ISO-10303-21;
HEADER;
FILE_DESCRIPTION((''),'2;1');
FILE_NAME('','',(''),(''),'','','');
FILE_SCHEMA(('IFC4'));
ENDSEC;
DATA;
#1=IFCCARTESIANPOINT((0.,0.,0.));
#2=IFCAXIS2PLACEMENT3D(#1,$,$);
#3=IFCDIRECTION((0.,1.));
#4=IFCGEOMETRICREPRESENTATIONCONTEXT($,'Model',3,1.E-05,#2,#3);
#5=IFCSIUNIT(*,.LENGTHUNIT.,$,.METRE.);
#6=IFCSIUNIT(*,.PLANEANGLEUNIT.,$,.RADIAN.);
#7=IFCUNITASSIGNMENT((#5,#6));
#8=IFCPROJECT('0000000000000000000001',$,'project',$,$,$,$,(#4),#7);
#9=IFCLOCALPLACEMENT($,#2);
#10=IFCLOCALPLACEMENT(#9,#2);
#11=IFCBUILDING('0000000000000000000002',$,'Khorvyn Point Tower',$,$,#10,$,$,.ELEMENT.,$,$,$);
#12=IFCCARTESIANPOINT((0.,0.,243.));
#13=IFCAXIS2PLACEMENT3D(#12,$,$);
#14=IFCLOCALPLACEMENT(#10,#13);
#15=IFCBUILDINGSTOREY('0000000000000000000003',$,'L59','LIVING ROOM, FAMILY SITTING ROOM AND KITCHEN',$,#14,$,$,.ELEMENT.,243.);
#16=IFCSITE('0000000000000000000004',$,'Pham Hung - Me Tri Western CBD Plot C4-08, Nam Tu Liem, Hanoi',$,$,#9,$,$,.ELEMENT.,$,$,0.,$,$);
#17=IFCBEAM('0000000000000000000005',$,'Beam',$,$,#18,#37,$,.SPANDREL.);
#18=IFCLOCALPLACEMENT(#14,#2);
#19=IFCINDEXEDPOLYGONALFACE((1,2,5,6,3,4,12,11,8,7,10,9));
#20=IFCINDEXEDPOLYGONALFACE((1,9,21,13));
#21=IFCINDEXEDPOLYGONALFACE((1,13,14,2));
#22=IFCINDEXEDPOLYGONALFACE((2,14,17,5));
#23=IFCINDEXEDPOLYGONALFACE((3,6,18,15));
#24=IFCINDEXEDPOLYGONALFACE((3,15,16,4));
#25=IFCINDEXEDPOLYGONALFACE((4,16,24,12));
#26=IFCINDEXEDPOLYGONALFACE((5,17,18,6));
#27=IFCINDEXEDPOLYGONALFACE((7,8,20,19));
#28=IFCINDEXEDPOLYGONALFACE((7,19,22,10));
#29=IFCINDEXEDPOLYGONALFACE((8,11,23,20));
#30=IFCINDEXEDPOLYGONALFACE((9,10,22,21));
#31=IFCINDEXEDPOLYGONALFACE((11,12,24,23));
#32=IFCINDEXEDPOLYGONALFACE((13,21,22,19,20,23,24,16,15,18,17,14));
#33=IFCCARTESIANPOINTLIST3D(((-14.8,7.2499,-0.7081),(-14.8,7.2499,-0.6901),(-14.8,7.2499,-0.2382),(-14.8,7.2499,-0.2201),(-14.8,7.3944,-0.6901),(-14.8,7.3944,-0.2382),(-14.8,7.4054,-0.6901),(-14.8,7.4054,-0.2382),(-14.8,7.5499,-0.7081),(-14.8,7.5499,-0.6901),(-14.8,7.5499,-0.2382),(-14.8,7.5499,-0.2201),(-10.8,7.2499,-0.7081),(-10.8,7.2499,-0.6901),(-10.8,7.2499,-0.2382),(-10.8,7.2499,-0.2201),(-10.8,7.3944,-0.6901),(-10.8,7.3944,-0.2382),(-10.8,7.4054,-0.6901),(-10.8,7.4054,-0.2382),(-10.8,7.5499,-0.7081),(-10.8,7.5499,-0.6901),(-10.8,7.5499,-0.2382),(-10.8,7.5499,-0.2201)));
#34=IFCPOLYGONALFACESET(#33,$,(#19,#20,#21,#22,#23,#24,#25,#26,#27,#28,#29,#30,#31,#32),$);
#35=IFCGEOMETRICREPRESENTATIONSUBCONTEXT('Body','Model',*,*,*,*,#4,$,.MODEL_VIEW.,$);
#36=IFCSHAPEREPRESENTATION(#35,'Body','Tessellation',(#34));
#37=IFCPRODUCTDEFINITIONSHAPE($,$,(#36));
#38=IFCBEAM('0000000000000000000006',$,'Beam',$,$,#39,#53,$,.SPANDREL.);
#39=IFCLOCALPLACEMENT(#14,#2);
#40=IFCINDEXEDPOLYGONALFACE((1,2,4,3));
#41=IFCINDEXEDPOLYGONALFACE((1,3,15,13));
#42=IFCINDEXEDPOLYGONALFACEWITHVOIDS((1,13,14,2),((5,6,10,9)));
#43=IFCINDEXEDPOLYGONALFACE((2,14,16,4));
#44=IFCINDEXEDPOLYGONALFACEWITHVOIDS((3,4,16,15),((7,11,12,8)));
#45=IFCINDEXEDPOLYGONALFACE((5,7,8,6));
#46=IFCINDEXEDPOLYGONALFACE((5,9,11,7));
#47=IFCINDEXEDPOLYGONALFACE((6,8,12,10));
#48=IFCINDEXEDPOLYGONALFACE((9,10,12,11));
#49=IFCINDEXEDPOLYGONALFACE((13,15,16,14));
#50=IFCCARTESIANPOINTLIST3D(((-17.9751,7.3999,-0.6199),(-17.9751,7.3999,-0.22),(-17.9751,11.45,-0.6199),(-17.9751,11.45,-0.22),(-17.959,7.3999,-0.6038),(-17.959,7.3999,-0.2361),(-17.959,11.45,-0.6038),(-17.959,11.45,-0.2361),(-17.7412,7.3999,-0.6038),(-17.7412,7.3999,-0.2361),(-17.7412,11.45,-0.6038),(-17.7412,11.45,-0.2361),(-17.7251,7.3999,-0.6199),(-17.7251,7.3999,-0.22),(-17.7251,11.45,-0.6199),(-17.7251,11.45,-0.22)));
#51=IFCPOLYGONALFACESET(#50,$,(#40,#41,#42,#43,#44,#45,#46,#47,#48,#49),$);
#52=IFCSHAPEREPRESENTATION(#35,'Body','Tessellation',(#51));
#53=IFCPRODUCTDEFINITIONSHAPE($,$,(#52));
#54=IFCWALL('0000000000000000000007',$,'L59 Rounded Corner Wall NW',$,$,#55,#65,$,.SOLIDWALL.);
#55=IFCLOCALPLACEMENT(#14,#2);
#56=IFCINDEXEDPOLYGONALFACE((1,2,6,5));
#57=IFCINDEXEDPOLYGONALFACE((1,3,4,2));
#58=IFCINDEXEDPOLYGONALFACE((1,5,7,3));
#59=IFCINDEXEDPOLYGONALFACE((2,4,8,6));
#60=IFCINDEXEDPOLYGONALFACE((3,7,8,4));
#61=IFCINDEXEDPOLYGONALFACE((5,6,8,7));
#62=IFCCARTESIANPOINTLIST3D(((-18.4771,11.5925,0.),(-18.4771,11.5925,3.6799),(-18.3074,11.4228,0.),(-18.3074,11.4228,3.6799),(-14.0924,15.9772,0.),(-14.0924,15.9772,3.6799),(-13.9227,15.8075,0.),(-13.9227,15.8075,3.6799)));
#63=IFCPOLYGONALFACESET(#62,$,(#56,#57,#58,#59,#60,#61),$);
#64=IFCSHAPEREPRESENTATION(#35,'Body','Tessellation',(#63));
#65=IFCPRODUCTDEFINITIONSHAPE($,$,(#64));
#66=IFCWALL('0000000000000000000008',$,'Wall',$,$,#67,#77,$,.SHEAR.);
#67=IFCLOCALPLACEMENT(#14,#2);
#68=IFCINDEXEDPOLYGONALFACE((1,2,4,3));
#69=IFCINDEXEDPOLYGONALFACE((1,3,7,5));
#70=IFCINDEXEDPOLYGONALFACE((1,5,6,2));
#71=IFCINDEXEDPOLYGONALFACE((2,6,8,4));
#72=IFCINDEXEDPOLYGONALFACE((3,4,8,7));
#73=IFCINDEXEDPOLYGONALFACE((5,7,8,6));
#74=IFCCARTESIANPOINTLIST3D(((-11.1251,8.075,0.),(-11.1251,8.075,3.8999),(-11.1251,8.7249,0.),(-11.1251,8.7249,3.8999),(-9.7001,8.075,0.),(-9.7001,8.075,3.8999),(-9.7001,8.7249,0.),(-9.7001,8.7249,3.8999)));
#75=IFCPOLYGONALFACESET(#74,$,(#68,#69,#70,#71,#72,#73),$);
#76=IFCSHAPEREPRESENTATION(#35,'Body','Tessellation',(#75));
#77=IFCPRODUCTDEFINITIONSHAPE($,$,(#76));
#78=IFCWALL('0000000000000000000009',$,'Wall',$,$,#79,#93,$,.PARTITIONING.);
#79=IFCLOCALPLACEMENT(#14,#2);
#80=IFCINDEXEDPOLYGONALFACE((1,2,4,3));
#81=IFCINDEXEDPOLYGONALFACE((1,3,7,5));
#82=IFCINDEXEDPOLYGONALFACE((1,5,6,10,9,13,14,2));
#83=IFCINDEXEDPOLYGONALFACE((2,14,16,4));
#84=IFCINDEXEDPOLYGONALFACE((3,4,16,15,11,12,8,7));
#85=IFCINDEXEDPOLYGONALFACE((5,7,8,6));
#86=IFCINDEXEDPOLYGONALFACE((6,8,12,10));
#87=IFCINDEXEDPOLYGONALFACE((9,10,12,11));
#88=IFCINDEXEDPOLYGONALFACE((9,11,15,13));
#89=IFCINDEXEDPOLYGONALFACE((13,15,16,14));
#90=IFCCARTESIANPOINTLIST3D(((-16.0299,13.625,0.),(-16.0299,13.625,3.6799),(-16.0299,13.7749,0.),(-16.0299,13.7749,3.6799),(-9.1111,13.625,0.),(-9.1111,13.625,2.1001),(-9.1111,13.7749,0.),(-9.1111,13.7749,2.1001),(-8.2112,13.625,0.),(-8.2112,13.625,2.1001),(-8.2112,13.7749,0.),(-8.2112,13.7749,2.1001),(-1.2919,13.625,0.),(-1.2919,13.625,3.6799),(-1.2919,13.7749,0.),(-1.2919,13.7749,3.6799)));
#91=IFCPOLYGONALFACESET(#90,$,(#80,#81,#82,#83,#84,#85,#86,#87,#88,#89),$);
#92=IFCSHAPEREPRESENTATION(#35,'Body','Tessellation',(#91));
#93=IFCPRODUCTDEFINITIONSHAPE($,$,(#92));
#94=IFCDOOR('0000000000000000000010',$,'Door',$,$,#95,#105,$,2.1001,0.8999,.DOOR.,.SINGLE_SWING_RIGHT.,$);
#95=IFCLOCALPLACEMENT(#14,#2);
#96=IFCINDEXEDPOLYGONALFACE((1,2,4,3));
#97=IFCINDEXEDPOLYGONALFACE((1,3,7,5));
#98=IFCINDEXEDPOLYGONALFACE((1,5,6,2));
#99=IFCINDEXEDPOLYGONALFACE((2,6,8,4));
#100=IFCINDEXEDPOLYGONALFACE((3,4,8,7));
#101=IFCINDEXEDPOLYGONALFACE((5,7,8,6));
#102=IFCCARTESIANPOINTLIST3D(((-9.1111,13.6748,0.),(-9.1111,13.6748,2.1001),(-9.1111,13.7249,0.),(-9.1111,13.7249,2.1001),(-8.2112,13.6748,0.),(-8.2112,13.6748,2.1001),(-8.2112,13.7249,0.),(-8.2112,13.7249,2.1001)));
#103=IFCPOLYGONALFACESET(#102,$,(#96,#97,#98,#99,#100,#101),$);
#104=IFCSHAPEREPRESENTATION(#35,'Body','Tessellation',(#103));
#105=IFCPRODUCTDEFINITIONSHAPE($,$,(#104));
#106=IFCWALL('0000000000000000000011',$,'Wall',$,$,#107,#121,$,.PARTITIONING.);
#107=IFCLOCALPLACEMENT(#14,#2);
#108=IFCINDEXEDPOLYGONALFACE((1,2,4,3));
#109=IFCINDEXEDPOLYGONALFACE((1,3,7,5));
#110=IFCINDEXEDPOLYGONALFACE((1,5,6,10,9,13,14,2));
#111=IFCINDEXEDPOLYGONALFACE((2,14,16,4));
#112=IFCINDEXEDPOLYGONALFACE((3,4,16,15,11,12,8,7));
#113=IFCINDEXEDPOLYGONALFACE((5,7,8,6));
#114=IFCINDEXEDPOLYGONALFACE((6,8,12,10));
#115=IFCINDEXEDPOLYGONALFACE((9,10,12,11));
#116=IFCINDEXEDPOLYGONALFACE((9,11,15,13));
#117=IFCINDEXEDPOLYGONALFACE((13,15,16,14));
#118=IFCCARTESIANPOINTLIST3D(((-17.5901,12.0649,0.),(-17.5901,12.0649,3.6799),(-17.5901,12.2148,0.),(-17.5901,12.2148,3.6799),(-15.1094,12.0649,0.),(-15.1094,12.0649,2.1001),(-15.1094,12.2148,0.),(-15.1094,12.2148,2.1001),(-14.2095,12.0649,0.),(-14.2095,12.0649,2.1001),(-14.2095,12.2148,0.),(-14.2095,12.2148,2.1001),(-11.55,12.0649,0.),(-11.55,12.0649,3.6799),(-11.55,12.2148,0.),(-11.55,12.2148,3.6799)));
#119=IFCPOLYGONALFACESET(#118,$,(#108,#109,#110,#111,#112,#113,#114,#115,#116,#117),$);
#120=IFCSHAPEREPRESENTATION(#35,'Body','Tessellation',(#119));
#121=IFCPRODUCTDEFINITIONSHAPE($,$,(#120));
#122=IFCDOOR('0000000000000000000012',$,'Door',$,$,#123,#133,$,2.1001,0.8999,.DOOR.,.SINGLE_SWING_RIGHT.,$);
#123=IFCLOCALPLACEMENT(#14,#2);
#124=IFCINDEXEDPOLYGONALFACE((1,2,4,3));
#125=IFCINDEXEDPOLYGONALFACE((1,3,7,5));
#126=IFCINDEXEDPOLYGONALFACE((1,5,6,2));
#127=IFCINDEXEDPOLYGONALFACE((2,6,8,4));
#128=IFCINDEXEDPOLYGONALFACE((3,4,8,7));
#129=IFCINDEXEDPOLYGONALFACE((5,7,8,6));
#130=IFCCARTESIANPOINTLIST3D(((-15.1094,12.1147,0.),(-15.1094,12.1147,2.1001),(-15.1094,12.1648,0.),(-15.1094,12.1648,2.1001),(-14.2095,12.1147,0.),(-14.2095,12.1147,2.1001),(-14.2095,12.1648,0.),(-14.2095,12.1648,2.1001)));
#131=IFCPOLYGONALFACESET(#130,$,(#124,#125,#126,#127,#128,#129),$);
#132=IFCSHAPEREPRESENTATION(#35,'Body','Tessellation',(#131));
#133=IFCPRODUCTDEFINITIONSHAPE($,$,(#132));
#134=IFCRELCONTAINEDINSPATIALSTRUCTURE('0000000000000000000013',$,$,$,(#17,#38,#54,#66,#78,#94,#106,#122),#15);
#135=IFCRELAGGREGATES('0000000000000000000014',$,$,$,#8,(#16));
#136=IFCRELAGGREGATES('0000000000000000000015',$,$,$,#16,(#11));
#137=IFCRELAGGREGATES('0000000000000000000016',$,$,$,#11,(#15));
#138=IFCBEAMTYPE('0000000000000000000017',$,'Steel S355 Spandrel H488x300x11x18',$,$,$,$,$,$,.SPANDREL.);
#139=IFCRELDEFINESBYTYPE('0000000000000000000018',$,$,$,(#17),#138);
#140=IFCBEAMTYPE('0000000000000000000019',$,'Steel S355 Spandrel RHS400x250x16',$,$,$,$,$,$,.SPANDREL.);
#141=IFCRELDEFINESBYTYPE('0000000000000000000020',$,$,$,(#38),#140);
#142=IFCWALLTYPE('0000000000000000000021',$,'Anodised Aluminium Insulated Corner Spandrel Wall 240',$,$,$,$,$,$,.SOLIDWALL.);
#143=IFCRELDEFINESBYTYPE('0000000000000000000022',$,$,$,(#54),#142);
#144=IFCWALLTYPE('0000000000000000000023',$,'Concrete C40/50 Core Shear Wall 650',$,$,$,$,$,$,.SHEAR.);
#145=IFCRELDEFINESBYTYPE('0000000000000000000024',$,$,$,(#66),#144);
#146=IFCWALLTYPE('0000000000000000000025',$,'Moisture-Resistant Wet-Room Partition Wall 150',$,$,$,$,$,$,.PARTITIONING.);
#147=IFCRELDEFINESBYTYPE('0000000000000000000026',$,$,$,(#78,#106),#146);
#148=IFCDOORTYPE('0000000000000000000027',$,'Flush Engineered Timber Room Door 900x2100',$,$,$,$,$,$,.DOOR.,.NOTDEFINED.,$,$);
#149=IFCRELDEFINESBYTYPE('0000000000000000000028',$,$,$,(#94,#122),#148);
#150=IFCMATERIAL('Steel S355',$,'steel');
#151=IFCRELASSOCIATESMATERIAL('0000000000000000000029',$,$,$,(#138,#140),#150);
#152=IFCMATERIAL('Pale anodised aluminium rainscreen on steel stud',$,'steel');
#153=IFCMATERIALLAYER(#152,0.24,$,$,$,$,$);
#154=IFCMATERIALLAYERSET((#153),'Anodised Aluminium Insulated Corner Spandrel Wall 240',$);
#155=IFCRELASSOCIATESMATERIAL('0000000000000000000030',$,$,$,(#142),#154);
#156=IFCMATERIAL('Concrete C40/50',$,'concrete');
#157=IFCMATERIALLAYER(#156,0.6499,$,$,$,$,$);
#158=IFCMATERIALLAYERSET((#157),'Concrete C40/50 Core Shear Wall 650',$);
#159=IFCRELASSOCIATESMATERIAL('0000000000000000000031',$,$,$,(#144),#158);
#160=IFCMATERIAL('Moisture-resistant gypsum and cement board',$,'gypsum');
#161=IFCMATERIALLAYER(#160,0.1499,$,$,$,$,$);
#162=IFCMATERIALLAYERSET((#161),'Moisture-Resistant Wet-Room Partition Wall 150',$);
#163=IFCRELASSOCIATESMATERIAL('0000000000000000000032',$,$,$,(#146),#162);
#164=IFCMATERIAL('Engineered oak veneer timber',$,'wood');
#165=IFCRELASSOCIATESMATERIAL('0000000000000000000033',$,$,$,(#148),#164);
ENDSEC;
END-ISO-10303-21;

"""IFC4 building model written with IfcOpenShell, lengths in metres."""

from ifc_helpers import new_model, si_unit, direction, frame, frame_2d, origin, origin_2d, place, context, subcontext, project, spatial, rectangle, hollow_rectangle, i_section, extrude, material, layer, layer_set, material_profile, profile_set, type_object, element, fill, save


model = new_model("IFC4")

# Units and contexts
model_context = context("Model", 3, precision=1e-05, world=origin(), true_north=direction((0.0, 1.0)))
body_context = subcontext(model_context, "Body", "Model", "MODEL_VIEW")
ifc_project = project(units=[si_unit("LENGTHUNIT", "METRE"), si_unit("PLANEANGLEUNIT", "RADIAN")], contexts=[model_context])

# Site, building, storey
site_placement = place(None, origin())
site = spatial("IfcSite", under=ifc_project, at=site_placement, Name="Pham Hung - Me Tri Western CBD Plot C4-08, Nam Tu Liem, Hanoi", CompositionType="ELEMENT", RefElevation=0.0)
building_placement = place(site_placement, origin())
building = spatial("IfcBuilding", under=site, at=building_placement, Name="Khorvyn Point Tower", CompositionType="ELEMENT")
storey_placement = place(building_placement, frame((0.0, 0.0, 243.0)))
storey = spatial("IfcBuildingStorey", under=building, at=storey_placement, Name="L59", Description="LIVING ROOM, FAMILY SITTING ROOM AND KITCHEN", CompositionType="ELEMENT", Elevation=243.0)

# Shared definitions
ifc_material_1 = material(Name="Concrete C40/50", Category="concrete")

# Beams
ifc_material_2 = material(Name="Steel S355", Category="steel")
ifc_material_profile_1 = material_profile(ifc_material_2, i_section(OverallWidth=0.3, OverallDepth=0.488, WebThickness=0.011, FlangeThickness=0.0181, at=origin_2d()))
ifc_profile_set_1 = profile_set([ifc_material_profile_1], Name="Steel S355 H488x300x11x18")
beam_type_1 = type_object("IfcBeamType", Name="Steel S355 Spandrel H488x300x11x18", PredefinedType="SPANDREL", material=ifc_profile_set_1)
beam_1_placement = place(storey_placement, frame((-14.8, 7.3999, -0.4641), z_axis=(1.0, 0.0, 0.0), x_axis=(0.0, 1.0, 0.0)))
element("IfcBeam", 1, at=beam_1_placement, inside=storey, type_object=beam_type_1, Name="Beam", PredefinedType="SPANDREL", context=body_context, shape_type="SweptSolid", body=[
    extrude(i_section(OverallWidth=0.3, OverallDepth=0.488, WebThickness=0.011, FlangeThickness=0.0181, at=origin_2d()), origin(), (0.0, 0.0, 1.0), 4.0),
])
ifc_material_profile_2 = material_profile(ifc_material_2, hollow_rectangle(XDim=0.25, YDim=0.3999, WallThickness=0.0161, at=origin_2d()))
ifc_profile_set_2 = profile_set([ifc_material_profile_2], Name="Steel S355 RHS400x250x16")
beam_type_2 = type_object("IfcBeamType", Name="Steel S355 Spandrel RHS400x250x16", PredefinedType="SPANDREL", material=ifc_profile_set_2)
beam_2_placement = place(storey_placement, frame((-17.8501, 7.3999, -0.4199), z_axis=(0.0, 1.0, 0.0), x_axis=(-1.0, 0.0, 0.0)))
element("IfcBeam", 2, at=beam_2_placement, inside=storey, type_object=beam_type_2, Name="Beam", PredefinedType="SPANDREL", context=body_context, shape_type="SweptSolid", body=[
    extrude(hollow_rectangle(XDim=0.25, YDim=0.3999, WallThickness=0.0161, at=origin_2d()), origin(), (0.0, 0.0, 1.0), 4.05),
])

# Walls
ifc_material_3 = material(Name="Pale anodised aluminium rainscreen on steel stud", Category="steel")
ifc_layer_1 = layer(ifc_material_3, 0.24)
ifc_layer_set_1 = layer_set([ifc_layer_1], Name="Anodised Aluminium Insulated Corner Spandrel Wall 240")
wall_type_1 = type_object("IfcWallType", Name="Anodised Aluminium Insulated Corner Spandrel Wall 240", PredefinedType="SOLIDWALL", material=ifc_layer_set_1)
wall_1_placement = place(storey_placement, frame((-18.3923, 11.5076, 0.0), z_axis=(0.0, 0.0, 1.0), x_axis=(0.707107, 0.707107, 0.0)))
element("IfcWall", 3, at=wall_1_placement, inside=storey, type_object=wall_type_1, Name="L59 Rounded Corner Wall NW", PredefinedType="SOLIDWALL", context=body_context, shape_type="SweptSolid", body=[
    extrude(rectangle(XDim=6.2009, YDim=0.24, at=frame_2d((3.1006, 0.0))), origin(), (0.0, 0.0, 1.0), 3.6799),
])
ifc_layer_2 = layer(ifc_material_1, 0.6499)
ifc_layer_set_2 = layer_set([ifc_layer_2], Name="Concrete C40/50 Core Shear Wall 650")
wall_type_2 = type_object("IfcWallType", Name="Concrete C40/50 Core Shear Wall 650", PredefinedType="SHEAR", material=ifc_layer_set_2)
wall_2_placement = place(storey_placement, frame((-11.125, 8.3999, 0.0), z_axis=(0.0, 0.0, 1.0), x_axis=(1.0, 0.0, 0.0)))
element("IfcWall", 4, at=wall_2_placement, inside=storey, type_object=wall_type_2, Name="Wall", PredefinedType="SHEAR", context=body_context, shape_type="SweptSolid", body=[
    extrude(rectangle(XDim=1.425, YDim=0.6499, at=frame_2d((0.7124, 0.0))), origin(), (0.0, 0.0, 1.0), 3.8999),
])

# Walls, openings, doors
ifc_material_4 = material(Name="Moisture-resistant gypsum and cement board", Category="gypsum")
ifc_layer_3 = layer(ifc_material_4, 0.1499)
ifc_layer_set_3 = layer_set([ifc_layer_3], Name="Moisture-Resistant Wet-Room Partition Wall 150")
wall_type_3 = type_object("IfcWallType", Name="Moisture-Resistant Wet-Room Partition Wall 150", PredefinedType="PARTITIONING", material=ifc_layer_set_3)
wall_3_placement = place(storey_placement, frame((-16.03, 13.7, 0.0), z_axis=(0.0, 0.0, 1.0), x_axis=(1.0, 0.0, 0.0)))
wall_3 = element("IfcWall", 5, at=wall_3_placement, inside=storey, type_object=wall_type_3, Name="Wall", PredefinedType="PARTITIONING", context=body_context, shape_type="SweptSolid", body=[
    extrude(rectangle(XDim=14.738, YDim=0.1499, at=frame_2d((7.3691, 0.0))), origin(), (0.0, 0.0, 1.0), 3.6799),
])
opening_1_placement = place(wall_3_placement, frame((6.9189, 0.0, 0.0)))
opening_1 = element("IfcOpeningElement", 6, at=opening_1_placement, cuts=wall_3, PredefinedType="OPENING", context=body_context, shape_type="SweptSolid", body=[
    extrude(rectangle(XDim=0.8999, YDim=2.1001, at=frame_2d((0.45, 1.05))), frame((0.0, 0.085, 0.0), z_axis=(0.0, -1.0, 0.0), x_axis=(1.0, 0.0, 0.0)), (0.0, 0.0, 1.0), 0.1699),
])
ifc_material_5 = material(Name="Engineered oak veneer timber", Category="wood")
door_type_1 = type_object("IfcDoorType", Name="Flush Engineered Timber Room Door 900x2100", OperationType="NOTDEFINED", PredefinedType="DOOR", material=ifc_material_5)
door_1_placement = place(opening_1_placement, origin())
door_1 = element("IfcDoor", 7, at=door_1_placement, inside=storey, type_object=door_type_1, Name="Door", OperationType="SINGLE_SWING_RIGHT", OverallHeight=2.1001, OverallWidth=0.8999, PredefinedType="DOOR", context=body_context, shape_type="SweptSolid", body=[
    extrude(rectangle(XDim=0.8999, YDim=2.1001, at=frame_2d((0.45, 1.05))), frame((0.0, 0.0249, 0.0), z_axis=(0.0, -1.0, 0.0), x_axis=(1.0, 0.0, 0.0)), (0.0, 0.0, 1.0), 0.05),
])
fill(opening_1, door_1)
wall_4_placement = place(storey_placement, frame((-17.5901, 12.1399, 0.0), z_axis=(0.0, 0.0, 1.0), x_axis=(1.0, 0.0, 0.0)))
wall_4 = element("IfcWall", 8, at=wall_4_placement, inside=storey, type_object=wall_type_3, Name="Wall", PredefinedType="PARTITIONING", context=body_context, shape_type="SweptSolid", body=[
    extrude(rectangle(XDim=6.04, YDim=0.1499, at=frame_2d((3.02, 0.0))), origin(), (0.0, 0.0, 1.0), 3.6799),
])
opening_2_placement = place(wall_4_placement, frame((2.4807, 0.0, 0.0)))
opening_2 = element("IfcOpeningElement", 9, at=opening_2_placement, cuts=wall_4, PredefinedType="OPENING", context=body_context, shape_type="SweptSolid", body=[
    extrude(rectangle(XDim=0.8999, YDim=2.1001, at=frame_2d((0.45, 1.05))), frame((0.0, 0.085, 0.0), z_axis=(0.0, -1.0, 0.0), x_axis=(1.0, 0.0, 0.0)), (0.0, 0.0, 1.0), 0.1699),
])
door_2_placement = place(opening_2_placement, origin())
door_2 = element("IfcDoor", 10, at=door_2_placement, inside=storey, type_object=door_type_1, Name="Door", OperationType="SINGLE_SWING_RIGHT", OverallHeight=2.1001, OverallWidth=0.8999, PredefinedType="DOOR", context=body_context, shape_type="SweptSolid", body=[
    extrude(rectangle(XDim=0.8999, YDim=2.1001, at=frame_2d((0.45, 1.05))), frame((0.0, 0.0249, 0.0), z_axis=(0.0, -1.0, 0.0), x_axis=(1.0, 0.0, 0.0)), (0.0, 0.0, 1.0), 0.05),
])
fill(opening_2, door_2)

save(model, "model.ifc")
